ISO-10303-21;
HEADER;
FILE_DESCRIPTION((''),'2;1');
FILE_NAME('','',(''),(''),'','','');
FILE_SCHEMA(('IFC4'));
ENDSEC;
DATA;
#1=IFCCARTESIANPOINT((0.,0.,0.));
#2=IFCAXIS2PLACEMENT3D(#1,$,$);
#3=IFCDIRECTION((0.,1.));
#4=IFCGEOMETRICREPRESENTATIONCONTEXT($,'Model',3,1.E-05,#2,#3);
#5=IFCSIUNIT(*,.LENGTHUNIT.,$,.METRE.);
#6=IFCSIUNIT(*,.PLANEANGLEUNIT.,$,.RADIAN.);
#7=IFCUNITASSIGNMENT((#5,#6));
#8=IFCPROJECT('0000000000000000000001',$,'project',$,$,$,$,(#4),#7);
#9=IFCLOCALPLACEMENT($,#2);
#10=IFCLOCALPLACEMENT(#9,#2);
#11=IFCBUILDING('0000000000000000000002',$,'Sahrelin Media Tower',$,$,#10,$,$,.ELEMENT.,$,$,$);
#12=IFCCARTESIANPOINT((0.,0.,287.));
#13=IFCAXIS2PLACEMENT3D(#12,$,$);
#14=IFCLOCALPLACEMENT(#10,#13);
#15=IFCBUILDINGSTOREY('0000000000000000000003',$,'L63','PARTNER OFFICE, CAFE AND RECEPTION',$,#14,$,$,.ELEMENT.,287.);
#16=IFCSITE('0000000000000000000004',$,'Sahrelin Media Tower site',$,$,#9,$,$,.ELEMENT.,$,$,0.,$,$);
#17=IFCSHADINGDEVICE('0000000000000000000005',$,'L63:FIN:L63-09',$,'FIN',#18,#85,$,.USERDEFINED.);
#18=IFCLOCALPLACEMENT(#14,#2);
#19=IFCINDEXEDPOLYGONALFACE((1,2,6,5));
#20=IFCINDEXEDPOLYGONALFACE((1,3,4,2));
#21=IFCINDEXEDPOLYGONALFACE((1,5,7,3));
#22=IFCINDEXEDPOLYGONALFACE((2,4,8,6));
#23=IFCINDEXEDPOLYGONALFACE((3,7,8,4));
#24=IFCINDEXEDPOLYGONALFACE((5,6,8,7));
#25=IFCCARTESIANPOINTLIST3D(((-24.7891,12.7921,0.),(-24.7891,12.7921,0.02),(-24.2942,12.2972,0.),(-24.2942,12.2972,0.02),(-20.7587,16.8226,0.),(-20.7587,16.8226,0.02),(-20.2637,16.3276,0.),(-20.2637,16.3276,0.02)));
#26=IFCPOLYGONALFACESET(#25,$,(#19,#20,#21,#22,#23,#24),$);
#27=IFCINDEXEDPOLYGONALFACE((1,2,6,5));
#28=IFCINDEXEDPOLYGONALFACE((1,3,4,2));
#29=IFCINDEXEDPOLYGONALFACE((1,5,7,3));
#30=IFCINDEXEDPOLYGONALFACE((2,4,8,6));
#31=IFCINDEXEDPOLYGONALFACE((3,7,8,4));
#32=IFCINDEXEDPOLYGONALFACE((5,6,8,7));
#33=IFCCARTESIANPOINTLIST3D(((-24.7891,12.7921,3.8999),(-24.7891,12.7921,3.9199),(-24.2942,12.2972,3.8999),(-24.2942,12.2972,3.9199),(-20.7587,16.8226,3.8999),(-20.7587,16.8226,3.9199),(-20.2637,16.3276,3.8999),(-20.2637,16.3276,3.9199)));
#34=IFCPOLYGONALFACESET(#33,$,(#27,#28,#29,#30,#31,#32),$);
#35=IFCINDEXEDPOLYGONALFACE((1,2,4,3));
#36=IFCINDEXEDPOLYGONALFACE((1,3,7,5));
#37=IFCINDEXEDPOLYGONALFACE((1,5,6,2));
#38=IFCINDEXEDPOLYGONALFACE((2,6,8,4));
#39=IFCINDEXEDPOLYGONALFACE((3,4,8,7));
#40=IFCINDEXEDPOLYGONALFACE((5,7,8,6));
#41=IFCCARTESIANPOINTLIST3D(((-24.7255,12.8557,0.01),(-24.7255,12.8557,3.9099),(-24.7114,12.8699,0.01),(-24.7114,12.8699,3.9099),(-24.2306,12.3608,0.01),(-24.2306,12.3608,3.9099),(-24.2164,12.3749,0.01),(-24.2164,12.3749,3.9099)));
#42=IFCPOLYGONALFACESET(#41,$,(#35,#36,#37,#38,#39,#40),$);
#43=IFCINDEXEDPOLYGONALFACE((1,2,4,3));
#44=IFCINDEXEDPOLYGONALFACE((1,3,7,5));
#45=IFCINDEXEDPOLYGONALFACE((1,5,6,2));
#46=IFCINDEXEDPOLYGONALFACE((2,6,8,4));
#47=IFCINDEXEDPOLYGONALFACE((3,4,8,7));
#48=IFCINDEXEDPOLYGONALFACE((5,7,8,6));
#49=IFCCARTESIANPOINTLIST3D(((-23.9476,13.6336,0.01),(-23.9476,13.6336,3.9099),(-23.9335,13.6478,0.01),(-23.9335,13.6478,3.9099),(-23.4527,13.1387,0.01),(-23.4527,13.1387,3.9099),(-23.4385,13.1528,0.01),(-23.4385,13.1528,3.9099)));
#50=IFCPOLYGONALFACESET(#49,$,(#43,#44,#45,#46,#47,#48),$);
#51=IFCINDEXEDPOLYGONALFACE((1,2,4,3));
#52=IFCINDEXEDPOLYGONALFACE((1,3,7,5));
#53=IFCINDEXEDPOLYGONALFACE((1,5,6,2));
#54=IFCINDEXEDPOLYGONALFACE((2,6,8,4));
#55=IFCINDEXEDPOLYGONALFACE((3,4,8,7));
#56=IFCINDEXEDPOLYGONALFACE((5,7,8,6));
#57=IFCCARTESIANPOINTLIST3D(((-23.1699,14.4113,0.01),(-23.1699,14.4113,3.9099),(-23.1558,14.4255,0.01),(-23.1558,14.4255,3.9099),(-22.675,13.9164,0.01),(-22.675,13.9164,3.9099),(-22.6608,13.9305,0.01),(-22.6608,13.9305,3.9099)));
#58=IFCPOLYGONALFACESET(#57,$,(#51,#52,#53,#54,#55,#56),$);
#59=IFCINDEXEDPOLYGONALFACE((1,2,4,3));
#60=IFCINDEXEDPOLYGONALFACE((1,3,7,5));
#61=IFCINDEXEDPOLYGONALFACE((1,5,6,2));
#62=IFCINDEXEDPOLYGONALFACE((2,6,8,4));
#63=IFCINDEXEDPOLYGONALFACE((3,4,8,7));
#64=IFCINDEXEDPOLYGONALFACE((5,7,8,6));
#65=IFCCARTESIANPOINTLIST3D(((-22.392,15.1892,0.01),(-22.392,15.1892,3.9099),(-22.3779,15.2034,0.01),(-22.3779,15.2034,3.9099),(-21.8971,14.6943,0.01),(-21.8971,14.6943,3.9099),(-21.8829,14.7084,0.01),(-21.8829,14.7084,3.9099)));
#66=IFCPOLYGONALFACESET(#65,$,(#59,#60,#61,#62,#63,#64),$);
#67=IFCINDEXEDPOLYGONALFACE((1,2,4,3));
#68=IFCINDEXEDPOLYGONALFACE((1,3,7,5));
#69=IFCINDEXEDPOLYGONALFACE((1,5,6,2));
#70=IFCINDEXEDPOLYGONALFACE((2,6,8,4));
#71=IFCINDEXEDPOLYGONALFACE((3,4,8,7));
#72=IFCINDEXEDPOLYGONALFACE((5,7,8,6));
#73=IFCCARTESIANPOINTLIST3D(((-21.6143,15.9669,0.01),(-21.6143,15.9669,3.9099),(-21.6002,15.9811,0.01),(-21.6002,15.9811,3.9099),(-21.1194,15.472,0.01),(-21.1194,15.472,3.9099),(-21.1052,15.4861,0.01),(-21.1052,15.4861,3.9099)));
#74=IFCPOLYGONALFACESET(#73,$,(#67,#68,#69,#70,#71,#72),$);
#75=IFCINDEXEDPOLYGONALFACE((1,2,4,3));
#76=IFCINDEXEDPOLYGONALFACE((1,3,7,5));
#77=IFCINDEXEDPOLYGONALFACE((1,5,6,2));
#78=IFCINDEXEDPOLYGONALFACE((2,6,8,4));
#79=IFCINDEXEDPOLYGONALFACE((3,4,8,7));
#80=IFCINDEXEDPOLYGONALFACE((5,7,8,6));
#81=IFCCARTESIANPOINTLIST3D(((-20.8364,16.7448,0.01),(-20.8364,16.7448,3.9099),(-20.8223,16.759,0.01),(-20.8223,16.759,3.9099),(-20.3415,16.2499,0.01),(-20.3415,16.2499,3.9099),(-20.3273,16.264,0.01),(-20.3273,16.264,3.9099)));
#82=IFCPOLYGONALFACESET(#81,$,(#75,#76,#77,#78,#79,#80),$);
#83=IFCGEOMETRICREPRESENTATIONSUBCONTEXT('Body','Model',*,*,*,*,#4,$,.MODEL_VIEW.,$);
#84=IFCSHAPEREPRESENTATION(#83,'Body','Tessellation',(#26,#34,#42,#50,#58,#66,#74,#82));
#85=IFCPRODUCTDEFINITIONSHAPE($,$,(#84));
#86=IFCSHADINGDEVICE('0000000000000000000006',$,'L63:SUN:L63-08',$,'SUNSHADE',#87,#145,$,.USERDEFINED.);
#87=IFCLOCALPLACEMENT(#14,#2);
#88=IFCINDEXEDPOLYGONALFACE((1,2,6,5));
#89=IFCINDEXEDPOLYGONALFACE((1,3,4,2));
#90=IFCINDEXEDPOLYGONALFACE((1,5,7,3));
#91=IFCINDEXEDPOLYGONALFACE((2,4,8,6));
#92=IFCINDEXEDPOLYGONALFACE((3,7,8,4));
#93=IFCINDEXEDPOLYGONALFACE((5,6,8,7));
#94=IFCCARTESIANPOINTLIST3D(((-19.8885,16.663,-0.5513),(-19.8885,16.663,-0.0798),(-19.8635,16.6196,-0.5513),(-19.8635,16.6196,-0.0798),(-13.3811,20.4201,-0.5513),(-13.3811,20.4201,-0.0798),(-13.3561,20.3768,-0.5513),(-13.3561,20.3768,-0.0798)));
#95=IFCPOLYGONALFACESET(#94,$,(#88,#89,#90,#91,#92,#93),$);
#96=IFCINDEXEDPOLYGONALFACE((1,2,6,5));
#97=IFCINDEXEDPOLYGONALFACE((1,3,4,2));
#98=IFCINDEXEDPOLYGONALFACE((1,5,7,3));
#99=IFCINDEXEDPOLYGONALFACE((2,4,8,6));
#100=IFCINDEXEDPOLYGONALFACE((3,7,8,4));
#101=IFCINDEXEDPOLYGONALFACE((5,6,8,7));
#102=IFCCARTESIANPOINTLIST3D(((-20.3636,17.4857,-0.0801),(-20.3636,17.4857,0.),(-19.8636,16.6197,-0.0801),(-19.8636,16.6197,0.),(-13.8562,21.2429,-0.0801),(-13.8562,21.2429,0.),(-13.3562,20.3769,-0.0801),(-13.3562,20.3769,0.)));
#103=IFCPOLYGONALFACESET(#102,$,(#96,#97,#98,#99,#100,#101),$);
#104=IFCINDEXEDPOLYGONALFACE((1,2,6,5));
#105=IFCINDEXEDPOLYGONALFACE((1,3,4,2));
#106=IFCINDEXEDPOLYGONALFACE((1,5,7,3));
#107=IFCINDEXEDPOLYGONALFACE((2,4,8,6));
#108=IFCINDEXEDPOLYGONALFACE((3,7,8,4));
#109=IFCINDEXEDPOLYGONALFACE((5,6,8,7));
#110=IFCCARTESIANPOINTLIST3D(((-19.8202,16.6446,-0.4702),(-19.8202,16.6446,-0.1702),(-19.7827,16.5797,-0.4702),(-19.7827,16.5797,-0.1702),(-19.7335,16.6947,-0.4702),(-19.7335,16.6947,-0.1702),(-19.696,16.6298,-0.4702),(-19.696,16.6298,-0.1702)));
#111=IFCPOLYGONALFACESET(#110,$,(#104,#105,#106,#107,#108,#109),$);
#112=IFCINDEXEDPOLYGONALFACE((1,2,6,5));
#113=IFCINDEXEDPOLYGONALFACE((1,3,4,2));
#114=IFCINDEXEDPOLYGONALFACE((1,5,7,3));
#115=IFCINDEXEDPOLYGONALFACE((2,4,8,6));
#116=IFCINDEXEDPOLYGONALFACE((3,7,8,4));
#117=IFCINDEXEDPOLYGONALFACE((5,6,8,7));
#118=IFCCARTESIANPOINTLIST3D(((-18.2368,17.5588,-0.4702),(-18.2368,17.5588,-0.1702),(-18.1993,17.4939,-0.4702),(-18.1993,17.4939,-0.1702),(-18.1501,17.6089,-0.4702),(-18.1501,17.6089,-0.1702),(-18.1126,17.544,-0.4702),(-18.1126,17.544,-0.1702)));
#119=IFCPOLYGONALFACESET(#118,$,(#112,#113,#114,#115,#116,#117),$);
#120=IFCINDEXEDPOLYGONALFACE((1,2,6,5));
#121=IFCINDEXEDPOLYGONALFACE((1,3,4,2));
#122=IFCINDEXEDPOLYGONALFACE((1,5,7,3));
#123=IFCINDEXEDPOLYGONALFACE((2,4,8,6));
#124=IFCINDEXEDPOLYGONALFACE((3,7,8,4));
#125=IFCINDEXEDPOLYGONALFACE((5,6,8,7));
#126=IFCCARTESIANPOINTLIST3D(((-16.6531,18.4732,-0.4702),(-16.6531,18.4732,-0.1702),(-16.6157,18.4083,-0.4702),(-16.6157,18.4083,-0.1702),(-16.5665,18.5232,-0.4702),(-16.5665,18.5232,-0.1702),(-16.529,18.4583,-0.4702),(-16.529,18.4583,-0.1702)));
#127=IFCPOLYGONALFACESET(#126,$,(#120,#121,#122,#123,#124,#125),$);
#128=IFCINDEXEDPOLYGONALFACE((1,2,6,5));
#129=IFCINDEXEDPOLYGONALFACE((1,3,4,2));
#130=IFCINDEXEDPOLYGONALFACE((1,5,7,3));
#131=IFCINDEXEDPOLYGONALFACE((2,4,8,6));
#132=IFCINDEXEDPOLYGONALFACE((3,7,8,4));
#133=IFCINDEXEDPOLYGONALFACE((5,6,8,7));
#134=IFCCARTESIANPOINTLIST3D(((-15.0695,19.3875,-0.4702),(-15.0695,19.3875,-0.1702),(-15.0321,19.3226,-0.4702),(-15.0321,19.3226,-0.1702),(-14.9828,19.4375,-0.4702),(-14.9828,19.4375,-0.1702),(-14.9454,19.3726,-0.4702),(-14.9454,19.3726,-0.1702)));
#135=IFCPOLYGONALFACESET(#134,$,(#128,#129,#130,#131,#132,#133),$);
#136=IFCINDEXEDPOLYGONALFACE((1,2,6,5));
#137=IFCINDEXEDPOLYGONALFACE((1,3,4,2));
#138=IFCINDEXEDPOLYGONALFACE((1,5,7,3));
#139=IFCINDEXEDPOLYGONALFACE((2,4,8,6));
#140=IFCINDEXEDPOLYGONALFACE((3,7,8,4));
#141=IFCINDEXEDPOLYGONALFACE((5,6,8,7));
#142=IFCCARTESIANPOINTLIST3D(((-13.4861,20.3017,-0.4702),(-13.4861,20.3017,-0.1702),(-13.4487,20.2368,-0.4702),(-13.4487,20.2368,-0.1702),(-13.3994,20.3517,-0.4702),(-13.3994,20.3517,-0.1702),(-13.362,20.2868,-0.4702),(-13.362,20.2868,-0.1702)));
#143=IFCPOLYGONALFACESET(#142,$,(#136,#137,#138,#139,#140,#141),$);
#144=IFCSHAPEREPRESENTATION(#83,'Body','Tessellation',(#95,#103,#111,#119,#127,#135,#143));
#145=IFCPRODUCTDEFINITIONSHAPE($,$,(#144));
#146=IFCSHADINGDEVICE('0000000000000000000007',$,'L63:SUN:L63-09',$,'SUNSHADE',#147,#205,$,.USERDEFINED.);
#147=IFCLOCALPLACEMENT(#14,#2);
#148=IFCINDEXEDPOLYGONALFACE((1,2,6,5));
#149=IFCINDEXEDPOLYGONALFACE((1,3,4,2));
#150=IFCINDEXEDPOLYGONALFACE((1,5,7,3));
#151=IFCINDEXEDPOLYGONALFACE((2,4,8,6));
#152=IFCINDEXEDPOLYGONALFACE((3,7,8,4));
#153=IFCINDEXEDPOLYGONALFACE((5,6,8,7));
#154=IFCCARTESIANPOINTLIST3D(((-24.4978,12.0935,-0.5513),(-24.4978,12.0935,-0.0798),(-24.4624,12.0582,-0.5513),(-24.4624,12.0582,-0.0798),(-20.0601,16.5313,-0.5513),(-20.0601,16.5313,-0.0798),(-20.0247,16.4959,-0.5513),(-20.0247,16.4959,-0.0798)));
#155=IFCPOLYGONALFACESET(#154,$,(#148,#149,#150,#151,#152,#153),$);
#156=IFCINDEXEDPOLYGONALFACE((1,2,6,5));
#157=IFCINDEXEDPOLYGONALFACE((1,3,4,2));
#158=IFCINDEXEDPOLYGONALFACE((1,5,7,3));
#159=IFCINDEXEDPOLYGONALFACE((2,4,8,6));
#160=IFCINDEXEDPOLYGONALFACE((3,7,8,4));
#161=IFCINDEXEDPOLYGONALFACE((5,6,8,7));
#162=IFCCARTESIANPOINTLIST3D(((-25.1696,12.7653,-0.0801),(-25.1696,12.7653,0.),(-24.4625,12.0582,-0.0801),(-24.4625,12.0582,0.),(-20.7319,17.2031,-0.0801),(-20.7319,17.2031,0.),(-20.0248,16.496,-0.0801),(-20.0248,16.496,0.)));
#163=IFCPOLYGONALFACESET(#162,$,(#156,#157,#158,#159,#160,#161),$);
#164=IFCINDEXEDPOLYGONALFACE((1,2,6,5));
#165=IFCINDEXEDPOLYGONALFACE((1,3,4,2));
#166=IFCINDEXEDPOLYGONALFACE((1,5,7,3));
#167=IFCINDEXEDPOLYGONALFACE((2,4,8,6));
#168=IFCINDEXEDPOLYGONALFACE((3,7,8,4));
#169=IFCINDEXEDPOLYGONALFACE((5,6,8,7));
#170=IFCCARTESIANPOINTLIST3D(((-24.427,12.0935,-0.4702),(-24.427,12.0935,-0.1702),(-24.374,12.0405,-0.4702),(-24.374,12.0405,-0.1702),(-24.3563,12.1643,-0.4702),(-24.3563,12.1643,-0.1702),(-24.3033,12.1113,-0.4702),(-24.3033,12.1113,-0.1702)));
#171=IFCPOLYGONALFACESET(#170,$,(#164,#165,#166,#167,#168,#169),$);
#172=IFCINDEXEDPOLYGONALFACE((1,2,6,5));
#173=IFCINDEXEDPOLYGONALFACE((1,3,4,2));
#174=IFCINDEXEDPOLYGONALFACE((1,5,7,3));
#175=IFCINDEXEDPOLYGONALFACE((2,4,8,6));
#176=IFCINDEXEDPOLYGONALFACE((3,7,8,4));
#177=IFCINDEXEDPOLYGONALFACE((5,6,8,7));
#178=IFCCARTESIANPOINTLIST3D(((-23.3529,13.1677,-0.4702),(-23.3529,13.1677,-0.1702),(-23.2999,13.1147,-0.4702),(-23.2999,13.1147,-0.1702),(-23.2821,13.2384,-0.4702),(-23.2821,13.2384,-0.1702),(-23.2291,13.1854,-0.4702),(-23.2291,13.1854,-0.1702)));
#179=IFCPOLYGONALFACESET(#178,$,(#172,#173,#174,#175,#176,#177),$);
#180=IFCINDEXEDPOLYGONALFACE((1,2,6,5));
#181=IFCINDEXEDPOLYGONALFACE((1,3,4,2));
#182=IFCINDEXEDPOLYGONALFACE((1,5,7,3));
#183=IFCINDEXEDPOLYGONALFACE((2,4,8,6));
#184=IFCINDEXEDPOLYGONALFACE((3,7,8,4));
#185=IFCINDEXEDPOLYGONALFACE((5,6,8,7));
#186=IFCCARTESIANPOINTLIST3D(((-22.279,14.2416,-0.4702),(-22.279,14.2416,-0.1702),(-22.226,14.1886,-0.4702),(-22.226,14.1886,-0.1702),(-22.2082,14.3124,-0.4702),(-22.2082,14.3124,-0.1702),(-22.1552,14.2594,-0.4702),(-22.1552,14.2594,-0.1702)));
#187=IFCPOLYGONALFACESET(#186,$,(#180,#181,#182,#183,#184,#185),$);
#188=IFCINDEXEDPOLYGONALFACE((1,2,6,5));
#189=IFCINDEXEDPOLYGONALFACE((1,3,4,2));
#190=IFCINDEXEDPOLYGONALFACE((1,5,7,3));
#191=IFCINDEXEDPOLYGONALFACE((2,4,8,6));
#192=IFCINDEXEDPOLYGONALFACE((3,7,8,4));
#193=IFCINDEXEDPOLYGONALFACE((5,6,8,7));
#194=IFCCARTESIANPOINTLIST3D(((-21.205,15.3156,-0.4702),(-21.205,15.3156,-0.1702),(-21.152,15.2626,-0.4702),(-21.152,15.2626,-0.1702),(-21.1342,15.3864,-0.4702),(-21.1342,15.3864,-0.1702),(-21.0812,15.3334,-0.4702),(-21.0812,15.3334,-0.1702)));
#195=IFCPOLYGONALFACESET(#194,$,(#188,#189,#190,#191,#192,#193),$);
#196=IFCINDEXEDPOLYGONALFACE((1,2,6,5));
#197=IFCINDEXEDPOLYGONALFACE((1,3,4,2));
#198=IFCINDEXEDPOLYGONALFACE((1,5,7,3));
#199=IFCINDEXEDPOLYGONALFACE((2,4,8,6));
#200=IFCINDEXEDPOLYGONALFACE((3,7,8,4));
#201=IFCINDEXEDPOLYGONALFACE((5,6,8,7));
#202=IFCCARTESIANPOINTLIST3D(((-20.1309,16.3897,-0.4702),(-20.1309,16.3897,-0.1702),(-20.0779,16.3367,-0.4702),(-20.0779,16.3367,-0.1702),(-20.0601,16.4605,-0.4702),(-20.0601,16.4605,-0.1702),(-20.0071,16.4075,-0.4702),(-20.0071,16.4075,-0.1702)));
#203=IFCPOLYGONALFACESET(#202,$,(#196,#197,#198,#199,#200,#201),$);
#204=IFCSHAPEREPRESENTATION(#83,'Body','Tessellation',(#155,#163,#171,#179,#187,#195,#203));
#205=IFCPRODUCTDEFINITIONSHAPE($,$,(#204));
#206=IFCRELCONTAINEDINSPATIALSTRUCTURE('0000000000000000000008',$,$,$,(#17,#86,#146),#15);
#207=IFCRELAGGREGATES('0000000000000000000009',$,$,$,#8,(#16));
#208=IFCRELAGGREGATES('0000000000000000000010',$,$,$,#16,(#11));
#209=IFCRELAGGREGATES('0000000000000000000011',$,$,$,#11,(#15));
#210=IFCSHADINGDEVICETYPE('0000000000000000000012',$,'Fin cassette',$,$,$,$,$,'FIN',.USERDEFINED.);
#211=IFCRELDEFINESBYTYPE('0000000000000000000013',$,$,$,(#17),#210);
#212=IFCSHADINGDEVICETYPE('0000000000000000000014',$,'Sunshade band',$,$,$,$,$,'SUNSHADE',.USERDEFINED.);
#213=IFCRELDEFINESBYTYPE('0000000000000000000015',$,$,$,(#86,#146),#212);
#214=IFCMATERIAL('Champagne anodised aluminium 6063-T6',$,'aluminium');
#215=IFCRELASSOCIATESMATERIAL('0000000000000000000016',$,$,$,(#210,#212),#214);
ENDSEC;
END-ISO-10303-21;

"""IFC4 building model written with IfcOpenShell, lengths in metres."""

from ifc_helpers import new_model, si_unit, direction, frame, origin, origin_2d, place, context, subcontext, project, spatial, rectangle, extrude, material, type_object, element, save


model = new_model("IFC4")

# Units and contexts
model_context = context("Model", 3, precision=1e-05, world=origin(), true_north=direction((0.0, 1.0)))
body_context = subcontext(model_context, "Body", "Model", "MODEL_VIEW")
ifc_project = project(units=[si_unit("LENGTHUNIT", "METRE"), si_unit("PLANEANGLEUNIT", "RADIAN")], contexts=[model_context])

# Site, building, storey
site_placement = place(None, origin())
site = spatial("IfcSite", under=ifc_project, at=site_placement, Name="Sahrelin Media Tower site", CompositionType="ELEMENT", RefElevation=0.0)
building_placement = place(site_placement, origin())
building = spatial("IfcBuilding", under=site, at=building_placement, Name="Sahrelin Media Tower", CompositionType="ELEMENT")
storey_placement = place(building_placement, frame((0.0, 0.0, 287.0)))
storey = spatial("IfcBuildingStorey", under=building, at=storey_placement, Name="L63", Description="PARTNER OFFICE, CAFE AND RECEPTION", CompositionType="ELEMENT", Elevation=287.0)

# Shared definitions
ifc_material_1 = material(Name="Champagne anodised aluminium 6063-T6", Category="aluminium")

# Shading devices
shading_device_type_1 = type_object("IfcShadingDeviceType", Name="Fin cassette", ElementType="FIN", PredefinedType="USERDEFINED", material=ifc_material_1)
placement_1 = place(storey_placement, frame((-16.5999, 18.481, 0.0), z_axis=(0.0, 0.0, 1.0), x_axis=(0.866019, 0.500011, 0.0)))
placement_2 = place(storey_placement, frame((-22.2295, 14.2629, 0.0), z_axis=(0.0, 0.0, 1.0), x_axis=(0.707107, 0.707107, 0.0)))
element("IfcShadingDevice", 1, at=placement_2, inside=storey, type_object=shading_device_type_1, Name="L63:FIN:L63-09", ObjectType="FIN", PredefinedType="USERDEFINED", context=body_context, shape_type="SweptSolid", body=[
    extrude(rectangle(XDim=5.7, YDim=0.7, at=origin_2d()), frame((0.0, 0.4199, 0.0)), (0.0, 0.0, 1.0), 0.02),
    extrude(rectangle(XDim=5.7, YDim=0.7, at=origin_2d()), frame((0.0, 0.4199, 3.8999)), (0.0, 0.0, 1.0), 0.02),
    extrude(rectangle(XDim=0.02, YDim=0.7, at=origin_2d()), frame((-2.75, 0.4199, 0.01), z_axis=(0.0, 0.0, 1.0), x_axis=(1.0, 0.0, 0.0)), (0.0, 0.0, 1.0), 3.8999),
    extrude(rectangle(XDim=0.02, YDim=0.7, at=origin_2d()), frame((-1.6499, 0.4199, 0.01), z_axis=(0.0, 0.0, 1.0), x_axis=(1.0, 0.0, 0.0)), (0.0, 0.0, 1.0), 3.8999),
    extrude(rectangle(XDim=0.02, YDim=0.7, at=origin_2d()), frame((-0.55, 0.4199, 0.01), z_axis=(0.0, 0.0, 1.0), x_axis=(1.0, 0.0, 0.0)), (0.0, 0.0, 1.0), 3.8999),
    extrude(rectangle(XDim=0.02, YDim=0.7, at=origin_2d()), frame((0.55, 0.4199, 0.01), z_axis=(0.0, 0.0, 1.0), x_axis=(1.0, 0.0, 0.0)), (0.0, 0.0, 1.0), 3.8999),
    extrude(rectangle(XDim=0.02, YDim=0.7, at=origin_2d()), frame((1.6499, 0.4199, 0.01), z_axis=(0.0, 0.0, 1.0), x_axis=(1.0, 0.0, 0.0)), (0.0, 0.0, 1.0), 3.8999),
    extrude(rectangle(XDim=0.02, YDim=0.7, at=origin_2d()), frame((2.75, 0.4199, 0.01), z_axis=(0.0, 0.0, 1.0), x_axis=(1.0, 0.0, 0.0)), (0.0, 0.0, 1.0), 3.8999),
])
shading_device_type_2 = type_object("IfcShadingDeviceType", Name="Sunshade band", ElementType="SUNSHADE", PredefinedType="USERDEFINED", material=ifc_material_1)
element("IfcShadingDevice", 2, at=placement_1, inside=storey, type_object=shading_device_type_2, Name="L63:SUN:L63-08", ObjectType="SUNSHADE", PredefinedType="USERDEFINED", context=body_context, shape_type="SweptSolid", body=[
    extrude(rectangle(XDim=7.5142, YDim=0.05, at=origin_2d()), frame((0.0, 0.0449, -0.5513)), (0.0, 0.0, 1.0), 0.4714),
    extrude(rectangle(XDim=7.5142, YDim=1.0, at=origin_2d()), frame((0.0, 0.52, -0.0801)), (0.0, 0.0, 1.0), 0.0801),
    extrude(rectangle(XDim=0.1001, YDim=0.075, at=origin_2d()), frame((-3.657, -0.0176, -0.4702)), (0.0, 0.0, 1.0), 0.3),
    extrude(rectangle(XDim=0.1001, YDim=0.075, at=origin_2d()), frame((-1.8286, -0.0176, -0.4702)), (0.0, 0.0, 1.0), 0.3),
    extrude(rectangle(XDim=0.1001, YDim=0.075, at=origin_2d()), frame((0.0, -0.0176, -0.4702)), (0.0, 0.0, 1.0), 0.3),
    extrude(rectangle(XDim=0.1001, YDim=0.075, at=origin_2d()), frame((1.8286, -0.0176, -0.4702)), (0.0, 0.0, 1.0), 0.3),
    extrude(rectangle(XDim=0.1001, YDim=0.075, at=origin_2d()), frame((3.657, -0.0176, -0.4702)), (0.0, 0.0, 1.0), 0.3),
])
element("IfcShadingDevice", 3, at=placement_2, inside=storey, type_object=shading_device_type_2, Name="L63:SUN:L63-09", ObjectType="SUNSHADE", PredefinedType="USERDEFINED", context=body_context, shape_type="SweptSolid", body=[
    extrude(rectangle(XDim=6.2759, YDim=0.05, at=origin_2d()), frame((0.0, 0.0449, -0.5513)), (0.0, 0.0, 1.0), 0.4714),
    extrude(rectangle(XDim=6.2759, YDim=1.0, at=origin_2d()), frame((0.0, 0.52, -0.0801)), (0.0, 0.0, 1.0), 0.0801),
    extrude(rectangle(XDim=0.1001, YDim=0.075, at=origin_2d()), frame((-3.0378, -0.0176, -0.4702)), (0.0, 0.0, 1.0), 0.3),
    extrude(rectangle(XDim=0.1001, YDim=0.075, at=origin_2d()), frame((-1.5188, -0.0176, -0.4702)), (0.0, 0.0, 1.0), 0.3),
    extrude(rectangle(XDim=0.1001, YDim=0.075, at=origin_2d()), frame((0.0, -0.0176, -0.4702)), (0.0, 0.0, 1.0), 0.3),
    extrude(rectangle(XDim=0.1001, YDim=0.075, at=origin_2d()), frame((1.5188, -0.0176, -0.4702)), (0.0, 0.0, 1.0), 0.3),
    extrude(rectangle(XDim=0.1001, YDim=0.075, at=origin_2d()), frame((3.0378, -0.0176, -0.4702)), (0.0, 0.0, 1.0), 0.3),
])

save(model, "model.ifc")
